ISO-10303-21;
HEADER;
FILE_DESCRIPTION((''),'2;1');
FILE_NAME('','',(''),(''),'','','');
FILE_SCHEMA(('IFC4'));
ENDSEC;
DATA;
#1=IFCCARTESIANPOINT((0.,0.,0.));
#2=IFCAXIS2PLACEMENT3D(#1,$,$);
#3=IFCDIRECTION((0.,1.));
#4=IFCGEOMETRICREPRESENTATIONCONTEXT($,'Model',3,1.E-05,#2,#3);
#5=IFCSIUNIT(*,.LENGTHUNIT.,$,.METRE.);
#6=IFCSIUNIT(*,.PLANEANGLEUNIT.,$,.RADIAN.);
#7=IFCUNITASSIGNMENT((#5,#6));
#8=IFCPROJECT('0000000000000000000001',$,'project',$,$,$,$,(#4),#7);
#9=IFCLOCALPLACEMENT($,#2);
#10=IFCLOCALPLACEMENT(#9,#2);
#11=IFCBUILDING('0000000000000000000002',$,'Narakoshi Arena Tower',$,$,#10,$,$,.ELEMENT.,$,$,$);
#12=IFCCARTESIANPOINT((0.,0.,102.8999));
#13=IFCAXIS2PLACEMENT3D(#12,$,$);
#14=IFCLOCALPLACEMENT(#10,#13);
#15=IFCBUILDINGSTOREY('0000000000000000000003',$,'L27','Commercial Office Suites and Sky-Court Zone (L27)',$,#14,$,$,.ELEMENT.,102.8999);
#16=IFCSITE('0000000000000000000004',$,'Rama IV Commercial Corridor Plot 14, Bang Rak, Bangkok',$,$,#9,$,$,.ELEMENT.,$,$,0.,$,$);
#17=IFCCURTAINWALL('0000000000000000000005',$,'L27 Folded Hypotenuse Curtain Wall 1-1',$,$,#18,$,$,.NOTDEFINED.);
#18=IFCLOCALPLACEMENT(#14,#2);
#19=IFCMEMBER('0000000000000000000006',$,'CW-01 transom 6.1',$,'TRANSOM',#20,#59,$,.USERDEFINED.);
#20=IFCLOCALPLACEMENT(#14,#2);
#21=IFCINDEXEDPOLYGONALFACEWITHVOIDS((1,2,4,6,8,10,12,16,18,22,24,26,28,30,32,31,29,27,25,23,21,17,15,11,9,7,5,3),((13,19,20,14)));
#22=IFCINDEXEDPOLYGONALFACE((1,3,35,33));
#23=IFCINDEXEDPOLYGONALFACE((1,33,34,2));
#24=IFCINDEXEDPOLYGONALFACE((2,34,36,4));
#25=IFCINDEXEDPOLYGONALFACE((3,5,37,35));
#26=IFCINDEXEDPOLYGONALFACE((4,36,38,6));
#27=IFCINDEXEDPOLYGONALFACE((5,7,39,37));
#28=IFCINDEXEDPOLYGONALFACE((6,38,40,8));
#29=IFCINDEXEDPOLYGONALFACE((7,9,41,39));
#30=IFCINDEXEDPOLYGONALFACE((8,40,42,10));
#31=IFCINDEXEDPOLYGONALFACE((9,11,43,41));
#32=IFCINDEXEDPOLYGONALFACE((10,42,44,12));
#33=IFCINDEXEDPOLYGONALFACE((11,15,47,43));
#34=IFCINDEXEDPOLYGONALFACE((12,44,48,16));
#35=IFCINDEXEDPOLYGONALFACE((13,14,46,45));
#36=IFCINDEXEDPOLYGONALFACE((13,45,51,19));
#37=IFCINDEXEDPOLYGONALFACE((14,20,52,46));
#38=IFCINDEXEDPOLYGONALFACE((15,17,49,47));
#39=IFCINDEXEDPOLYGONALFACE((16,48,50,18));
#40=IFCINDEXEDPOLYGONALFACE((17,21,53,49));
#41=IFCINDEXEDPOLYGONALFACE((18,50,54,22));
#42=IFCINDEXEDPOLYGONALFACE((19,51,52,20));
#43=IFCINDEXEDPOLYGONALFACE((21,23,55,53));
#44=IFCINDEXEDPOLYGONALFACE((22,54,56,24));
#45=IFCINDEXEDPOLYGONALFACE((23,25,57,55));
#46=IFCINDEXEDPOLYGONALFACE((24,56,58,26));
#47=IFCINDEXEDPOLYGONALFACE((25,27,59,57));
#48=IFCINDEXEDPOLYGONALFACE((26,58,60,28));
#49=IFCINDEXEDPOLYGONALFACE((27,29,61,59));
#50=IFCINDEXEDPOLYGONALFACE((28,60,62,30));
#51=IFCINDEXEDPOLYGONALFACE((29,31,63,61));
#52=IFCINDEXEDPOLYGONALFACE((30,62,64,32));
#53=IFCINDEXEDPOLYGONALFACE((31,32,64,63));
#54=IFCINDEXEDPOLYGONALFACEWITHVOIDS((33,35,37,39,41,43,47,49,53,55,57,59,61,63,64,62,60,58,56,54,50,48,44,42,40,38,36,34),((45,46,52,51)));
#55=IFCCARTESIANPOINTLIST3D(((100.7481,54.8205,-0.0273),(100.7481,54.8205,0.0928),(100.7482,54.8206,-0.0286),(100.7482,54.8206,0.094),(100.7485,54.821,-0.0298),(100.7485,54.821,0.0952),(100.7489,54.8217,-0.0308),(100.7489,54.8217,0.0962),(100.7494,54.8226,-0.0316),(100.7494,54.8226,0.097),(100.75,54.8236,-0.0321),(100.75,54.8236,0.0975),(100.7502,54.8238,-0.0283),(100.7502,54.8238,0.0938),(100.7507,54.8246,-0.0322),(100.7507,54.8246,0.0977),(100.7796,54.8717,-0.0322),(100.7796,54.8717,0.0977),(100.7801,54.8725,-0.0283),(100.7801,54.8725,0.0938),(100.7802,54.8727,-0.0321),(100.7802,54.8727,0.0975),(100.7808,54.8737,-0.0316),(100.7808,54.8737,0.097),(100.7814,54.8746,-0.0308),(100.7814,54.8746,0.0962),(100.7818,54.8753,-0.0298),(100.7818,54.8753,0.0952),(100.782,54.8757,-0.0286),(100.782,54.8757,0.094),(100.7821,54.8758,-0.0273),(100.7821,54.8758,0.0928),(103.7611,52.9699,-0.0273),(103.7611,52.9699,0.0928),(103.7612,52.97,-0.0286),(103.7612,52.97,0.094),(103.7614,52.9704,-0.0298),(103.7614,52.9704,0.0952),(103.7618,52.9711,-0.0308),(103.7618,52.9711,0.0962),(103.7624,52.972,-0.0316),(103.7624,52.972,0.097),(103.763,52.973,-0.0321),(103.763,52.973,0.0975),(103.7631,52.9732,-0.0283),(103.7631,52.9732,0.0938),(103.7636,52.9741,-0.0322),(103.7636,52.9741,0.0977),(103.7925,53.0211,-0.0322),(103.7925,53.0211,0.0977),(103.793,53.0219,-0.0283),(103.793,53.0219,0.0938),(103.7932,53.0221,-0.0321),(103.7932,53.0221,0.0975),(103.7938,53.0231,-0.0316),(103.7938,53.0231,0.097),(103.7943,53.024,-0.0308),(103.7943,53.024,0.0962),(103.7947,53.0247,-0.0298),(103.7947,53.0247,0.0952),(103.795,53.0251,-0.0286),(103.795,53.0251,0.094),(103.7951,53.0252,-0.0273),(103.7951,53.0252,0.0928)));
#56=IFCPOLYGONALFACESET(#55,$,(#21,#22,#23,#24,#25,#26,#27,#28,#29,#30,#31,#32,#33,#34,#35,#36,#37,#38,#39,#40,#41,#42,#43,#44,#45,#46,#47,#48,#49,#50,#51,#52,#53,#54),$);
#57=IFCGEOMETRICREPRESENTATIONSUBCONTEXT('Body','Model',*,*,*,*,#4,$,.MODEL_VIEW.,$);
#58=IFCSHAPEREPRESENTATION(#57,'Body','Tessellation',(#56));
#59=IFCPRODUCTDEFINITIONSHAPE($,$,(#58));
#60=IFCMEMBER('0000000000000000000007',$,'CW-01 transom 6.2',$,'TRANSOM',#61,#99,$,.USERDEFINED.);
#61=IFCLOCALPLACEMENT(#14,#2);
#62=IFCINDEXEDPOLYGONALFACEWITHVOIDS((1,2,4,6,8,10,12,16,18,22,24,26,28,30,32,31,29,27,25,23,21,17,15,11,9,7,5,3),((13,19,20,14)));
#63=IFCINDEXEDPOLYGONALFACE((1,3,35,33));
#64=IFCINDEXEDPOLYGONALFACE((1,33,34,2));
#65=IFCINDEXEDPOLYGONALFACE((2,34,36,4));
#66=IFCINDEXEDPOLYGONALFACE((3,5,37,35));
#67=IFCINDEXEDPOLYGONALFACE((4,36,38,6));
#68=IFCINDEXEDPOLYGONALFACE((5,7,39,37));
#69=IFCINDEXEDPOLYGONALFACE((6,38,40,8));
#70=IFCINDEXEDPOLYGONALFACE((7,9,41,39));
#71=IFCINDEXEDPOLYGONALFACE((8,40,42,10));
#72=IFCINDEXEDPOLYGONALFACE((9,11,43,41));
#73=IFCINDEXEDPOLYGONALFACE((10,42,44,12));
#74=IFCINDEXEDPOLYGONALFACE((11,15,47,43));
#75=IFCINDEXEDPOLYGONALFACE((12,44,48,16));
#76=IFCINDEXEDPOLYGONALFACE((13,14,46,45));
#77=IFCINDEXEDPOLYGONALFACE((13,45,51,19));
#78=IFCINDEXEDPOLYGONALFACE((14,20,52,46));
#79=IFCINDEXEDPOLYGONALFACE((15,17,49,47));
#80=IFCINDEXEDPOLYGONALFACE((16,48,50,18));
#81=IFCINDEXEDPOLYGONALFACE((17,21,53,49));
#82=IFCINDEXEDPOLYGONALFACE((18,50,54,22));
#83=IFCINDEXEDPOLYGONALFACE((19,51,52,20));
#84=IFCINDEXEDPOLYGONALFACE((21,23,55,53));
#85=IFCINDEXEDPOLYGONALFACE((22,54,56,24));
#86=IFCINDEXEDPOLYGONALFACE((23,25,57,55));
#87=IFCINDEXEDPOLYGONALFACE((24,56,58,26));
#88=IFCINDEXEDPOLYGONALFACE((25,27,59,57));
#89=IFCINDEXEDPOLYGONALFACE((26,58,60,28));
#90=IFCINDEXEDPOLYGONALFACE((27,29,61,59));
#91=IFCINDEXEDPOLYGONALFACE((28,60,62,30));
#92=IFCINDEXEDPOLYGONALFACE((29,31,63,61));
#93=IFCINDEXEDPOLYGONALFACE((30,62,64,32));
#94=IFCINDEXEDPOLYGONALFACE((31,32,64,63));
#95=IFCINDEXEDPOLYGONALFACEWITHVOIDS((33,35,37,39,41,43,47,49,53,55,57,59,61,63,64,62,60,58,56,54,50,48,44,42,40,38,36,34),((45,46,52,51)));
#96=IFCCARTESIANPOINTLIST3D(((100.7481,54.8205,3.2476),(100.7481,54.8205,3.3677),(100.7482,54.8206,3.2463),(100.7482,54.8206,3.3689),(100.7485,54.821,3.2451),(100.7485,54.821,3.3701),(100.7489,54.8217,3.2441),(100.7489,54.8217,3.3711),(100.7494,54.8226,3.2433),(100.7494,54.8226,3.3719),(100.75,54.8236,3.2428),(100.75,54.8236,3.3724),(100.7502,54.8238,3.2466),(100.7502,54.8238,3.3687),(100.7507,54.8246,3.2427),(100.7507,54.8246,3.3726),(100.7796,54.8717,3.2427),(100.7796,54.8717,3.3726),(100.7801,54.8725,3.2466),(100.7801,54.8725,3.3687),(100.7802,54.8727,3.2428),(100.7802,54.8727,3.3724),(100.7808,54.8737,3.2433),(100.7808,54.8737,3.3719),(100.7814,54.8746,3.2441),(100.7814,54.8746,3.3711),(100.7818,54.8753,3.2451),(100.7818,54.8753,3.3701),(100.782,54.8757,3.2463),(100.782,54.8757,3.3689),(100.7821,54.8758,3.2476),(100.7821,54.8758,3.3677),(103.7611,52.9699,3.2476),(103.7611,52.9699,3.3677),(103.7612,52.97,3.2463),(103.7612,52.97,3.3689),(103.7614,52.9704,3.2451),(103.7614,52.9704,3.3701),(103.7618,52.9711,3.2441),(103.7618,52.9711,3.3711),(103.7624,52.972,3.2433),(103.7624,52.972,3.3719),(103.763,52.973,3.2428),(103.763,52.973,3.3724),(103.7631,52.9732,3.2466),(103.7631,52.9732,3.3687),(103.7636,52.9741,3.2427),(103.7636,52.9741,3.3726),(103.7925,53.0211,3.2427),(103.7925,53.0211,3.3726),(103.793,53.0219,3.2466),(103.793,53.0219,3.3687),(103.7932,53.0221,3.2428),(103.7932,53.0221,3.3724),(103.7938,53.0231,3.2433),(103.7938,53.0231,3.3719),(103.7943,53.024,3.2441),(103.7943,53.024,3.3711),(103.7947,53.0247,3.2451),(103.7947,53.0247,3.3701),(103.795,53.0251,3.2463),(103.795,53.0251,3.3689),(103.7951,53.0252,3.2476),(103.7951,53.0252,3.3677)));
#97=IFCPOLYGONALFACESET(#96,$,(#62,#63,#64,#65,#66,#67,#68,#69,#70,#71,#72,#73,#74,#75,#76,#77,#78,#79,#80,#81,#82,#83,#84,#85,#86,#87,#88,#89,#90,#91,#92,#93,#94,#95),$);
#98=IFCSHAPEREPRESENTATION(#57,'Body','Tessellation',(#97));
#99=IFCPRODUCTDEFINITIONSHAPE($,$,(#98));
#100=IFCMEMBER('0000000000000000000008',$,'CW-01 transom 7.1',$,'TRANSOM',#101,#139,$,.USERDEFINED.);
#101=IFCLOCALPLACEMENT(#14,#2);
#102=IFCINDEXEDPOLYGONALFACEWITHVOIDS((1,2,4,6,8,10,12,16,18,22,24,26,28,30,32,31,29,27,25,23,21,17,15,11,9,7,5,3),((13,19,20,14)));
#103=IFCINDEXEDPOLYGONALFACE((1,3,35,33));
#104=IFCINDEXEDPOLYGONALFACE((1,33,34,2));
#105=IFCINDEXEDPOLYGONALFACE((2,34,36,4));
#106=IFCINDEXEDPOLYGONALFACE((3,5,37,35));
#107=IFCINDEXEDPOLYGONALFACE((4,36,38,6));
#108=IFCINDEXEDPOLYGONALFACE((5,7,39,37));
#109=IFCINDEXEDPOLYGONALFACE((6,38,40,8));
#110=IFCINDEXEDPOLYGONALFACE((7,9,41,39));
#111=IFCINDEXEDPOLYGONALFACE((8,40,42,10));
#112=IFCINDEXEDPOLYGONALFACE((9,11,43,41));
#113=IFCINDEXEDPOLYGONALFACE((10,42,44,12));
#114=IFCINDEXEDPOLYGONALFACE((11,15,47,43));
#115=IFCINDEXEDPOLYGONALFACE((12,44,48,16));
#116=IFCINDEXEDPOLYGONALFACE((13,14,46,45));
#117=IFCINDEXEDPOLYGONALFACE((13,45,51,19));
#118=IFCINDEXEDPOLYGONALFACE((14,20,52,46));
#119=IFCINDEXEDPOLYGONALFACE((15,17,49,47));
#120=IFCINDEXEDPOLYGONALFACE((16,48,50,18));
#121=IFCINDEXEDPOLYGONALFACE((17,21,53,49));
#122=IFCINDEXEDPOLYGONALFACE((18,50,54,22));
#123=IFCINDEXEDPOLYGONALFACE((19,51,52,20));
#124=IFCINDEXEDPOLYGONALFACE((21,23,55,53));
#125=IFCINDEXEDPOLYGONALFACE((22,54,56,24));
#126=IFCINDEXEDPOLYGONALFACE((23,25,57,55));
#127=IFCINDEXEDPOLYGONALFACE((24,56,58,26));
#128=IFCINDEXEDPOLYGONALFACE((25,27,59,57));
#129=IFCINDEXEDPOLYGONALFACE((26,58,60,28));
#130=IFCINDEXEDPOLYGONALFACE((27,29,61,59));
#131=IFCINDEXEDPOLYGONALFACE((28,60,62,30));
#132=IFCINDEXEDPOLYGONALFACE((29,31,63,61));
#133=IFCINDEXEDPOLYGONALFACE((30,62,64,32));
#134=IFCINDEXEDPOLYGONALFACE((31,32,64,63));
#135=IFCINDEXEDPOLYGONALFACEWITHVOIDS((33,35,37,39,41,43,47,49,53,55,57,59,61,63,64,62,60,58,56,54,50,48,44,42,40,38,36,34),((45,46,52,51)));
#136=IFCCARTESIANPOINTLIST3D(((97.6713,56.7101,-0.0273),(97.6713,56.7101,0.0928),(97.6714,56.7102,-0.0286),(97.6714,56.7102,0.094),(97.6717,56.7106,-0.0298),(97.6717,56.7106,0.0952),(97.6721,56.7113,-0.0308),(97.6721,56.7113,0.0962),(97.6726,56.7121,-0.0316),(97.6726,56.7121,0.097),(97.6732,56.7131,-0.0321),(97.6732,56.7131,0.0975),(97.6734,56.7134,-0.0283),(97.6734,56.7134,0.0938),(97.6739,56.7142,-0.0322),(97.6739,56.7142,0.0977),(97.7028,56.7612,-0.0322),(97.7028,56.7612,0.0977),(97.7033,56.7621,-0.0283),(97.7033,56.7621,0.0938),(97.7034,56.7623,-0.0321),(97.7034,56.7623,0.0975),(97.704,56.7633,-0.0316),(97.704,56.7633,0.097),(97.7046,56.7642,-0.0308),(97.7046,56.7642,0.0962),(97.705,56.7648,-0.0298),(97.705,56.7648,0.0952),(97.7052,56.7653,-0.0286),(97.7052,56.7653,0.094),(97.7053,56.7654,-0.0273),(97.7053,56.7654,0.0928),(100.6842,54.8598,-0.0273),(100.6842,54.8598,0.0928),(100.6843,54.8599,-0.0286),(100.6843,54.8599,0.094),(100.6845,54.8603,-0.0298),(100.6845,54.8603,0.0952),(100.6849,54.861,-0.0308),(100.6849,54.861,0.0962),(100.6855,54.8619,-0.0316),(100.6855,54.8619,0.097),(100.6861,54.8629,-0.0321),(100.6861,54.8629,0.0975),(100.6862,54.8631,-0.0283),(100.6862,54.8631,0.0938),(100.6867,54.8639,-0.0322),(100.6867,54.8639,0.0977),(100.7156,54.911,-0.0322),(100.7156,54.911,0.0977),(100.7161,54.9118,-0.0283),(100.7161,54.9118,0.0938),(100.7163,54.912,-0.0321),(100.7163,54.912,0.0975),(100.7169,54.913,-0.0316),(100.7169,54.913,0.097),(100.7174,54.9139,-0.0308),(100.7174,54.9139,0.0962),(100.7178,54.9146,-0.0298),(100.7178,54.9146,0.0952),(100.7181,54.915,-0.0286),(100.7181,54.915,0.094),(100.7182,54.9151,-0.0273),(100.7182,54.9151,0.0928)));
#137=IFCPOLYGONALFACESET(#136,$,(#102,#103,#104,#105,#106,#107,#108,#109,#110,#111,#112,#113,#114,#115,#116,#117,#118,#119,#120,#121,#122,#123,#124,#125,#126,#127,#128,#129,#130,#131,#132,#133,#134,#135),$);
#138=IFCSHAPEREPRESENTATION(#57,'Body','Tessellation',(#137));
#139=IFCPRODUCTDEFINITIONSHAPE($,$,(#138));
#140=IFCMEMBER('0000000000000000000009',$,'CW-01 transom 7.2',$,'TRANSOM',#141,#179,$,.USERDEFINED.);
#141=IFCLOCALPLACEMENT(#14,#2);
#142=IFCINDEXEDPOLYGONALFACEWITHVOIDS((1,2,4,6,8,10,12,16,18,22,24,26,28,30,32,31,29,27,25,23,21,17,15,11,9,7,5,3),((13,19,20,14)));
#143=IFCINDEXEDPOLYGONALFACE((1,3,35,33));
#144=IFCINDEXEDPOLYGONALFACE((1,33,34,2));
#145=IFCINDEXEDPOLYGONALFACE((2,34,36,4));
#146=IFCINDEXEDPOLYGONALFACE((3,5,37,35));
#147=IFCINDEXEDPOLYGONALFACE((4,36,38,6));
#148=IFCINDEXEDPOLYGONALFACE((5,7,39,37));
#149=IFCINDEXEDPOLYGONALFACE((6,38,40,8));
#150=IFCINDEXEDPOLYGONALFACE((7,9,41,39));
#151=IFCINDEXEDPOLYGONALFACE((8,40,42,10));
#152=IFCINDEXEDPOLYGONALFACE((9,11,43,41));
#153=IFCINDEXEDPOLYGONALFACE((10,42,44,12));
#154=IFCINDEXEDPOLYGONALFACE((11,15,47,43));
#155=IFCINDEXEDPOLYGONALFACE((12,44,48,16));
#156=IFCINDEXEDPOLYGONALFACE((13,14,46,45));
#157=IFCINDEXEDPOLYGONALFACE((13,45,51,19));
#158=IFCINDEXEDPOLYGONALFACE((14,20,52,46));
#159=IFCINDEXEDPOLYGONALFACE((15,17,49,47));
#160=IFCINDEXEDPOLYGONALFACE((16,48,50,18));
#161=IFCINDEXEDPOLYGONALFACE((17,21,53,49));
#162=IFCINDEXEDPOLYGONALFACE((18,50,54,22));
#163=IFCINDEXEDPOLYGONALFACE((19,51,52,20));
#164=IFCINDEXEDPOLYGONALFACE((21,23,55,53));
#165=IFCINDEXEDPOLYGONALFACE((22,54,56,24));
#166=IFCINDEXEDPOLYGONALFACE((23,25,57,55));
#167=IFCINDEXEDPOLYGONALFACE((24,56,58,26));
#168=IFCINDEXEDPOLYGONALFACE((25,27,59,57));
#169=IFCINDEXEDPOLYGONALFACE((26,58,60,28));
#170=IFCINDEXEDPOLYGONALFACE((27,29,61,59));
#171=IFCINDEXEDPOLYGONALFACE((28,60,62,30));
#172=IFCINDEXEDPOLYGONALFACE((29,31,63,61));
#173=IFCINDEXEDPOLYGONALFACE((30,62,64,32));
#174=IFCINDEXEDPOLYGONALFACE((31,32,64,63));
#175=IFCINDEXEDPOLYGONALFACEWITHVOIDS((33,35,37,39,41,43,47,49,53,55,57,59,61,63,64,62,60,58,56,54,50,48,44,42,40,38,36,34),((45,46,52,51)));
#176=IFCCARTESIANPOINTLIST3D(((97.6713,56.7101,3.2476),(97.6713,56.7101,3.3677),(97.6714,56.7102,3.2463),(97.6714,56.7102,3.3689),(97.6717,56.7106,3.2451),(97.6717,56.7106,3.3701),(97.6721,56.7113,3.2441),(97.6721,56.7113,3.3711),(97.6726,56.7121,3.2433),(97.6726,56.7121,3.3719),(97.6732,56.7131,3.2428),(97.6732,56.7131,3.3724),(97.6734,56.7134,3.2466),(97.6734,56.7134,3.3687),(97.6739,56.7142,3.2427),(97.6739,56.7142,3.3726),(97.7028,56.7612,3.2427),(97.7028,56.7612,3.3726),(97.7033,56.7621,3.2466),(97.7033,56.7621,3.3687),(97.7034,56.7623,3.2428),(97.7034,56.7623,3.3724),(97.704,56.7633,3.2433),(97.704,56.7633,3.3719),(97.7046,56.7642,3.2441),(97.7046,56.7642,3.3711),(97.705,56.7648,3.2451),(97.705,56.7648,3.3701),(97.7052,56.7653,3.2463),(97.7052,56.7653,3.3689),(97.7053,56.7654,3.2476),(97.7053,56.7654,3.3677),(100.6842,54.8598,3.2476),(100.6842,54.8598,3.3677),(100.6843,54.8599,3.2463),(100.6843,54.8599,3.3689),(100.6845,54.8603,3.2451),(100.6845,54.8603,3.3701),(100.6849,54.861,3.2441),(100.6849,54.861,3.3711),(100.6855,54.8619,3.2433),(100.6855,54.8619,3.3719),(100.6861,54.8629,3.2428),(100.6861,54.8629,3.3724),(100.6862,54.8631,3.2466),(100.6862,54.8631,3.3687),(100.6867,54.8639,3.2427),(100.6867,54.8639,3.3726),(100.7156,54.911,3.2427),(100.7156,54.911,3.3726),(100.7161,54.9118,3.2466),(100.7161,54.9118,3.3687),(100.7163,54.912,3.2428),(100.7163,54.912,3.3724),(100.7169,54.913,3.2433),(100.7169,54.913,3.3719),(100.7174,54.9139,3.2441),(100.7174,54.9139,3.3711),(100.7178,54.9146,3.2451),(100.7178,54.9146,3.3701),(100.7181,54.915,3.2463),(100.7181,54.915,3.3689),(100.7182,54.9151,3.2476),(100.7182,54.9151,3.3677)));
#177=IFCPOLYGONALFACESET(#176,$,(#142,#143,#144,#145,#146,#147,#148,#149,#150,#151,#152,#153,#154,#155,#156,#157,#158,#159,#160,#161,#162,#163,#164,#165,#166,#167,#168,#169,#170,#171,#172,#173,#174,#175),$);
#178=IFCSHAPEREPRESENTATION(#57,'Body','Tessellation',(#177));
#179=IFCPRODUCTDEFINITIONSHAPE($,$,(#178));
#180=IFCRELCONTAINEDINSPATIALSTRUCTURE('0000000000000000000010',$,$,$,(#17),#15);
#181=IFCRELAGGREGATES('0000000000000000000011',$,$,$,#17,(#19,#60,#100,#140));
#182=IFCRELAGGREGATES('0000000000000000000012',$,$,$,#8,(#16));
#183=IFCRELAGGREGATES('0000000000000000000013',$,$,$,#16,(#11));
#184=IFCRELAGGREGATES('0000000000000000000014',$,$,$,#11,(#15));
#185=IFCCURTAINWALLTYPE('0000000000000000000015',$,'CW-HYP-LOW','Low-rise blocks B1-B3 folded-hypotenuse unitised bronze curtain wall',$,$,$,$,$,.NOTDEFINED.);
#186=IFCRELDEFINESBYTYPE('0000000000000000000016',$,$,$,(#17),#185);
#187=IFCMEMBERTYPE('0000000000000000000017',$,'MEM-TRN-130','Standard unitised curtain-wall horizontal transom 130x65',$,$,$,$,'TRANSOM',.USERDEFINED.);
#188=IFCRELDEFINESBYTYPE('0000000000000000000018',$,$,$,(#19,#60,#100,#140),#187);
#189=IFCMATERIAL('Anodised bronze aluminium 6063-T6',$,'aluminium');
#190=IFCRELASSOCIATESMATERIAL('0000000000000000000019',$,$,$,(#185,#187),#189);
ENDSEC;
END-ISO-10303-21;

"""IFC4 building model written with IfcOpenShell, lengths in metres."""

from ifc_helpers import new_model, si_unit, direction, frame, origin, origin_2d, place, context, subcontext, project, spatial, hollow_rectangle, extrude, material, material_profile, profile_set, type_object, element, aggregate, save


model = new_model("IFC4")

# Units and contexts
model_context = context("Model", 3, precision=1e-05, world=origin(), true_north=direction((0.0, 1.0)))
body_context = subcontext(model_context, "Body", "Model", "MODEL_VIEW")
ifc_project = project(units=[si_unit("LENGTHUNIT", "METRE"), si_unit("PLANEANGLEUNIT", "RADIAN")], contexts=[model_context])

# Site, building, storey
site_placement = place(None, origin())
site = spatial("IfcSite", under=ifc_project, at=site_placement, Name="Rama IV Commercial Corridor Plot 14, Bang Rak, Bangkok", CompositionType="ELEMENT", RefElevation=0.0)
building_placement = place(site_placement, origin())
building = spatial("IfcBuilding", under=site, at=building_placement, Name="Narakoshi Arena Tower", CompositionType="ELEMENT")
storey_placement = place(building_placement, frame((0.0, 0.0, 102.8999)))
storey = spatial("IfcBuildingStorey", under=building, at=storey_placement, Name="L27", Description="Commercial Office Suites and Sky-Court Zone (L27)", CompositionType="ELEMENT", Elevation=102.8999)

# Curtain wall, members
ifc_material_1 = material(Name="Anodised bronze aluminium 6063-T6", Category="aluminium")
curtain_wall_type = type_object("IfcCurtainWallType", Name="CW-HYP-LOW", Description="Low-rise blocks B1-B3 folded-hypotenuse unitised bronze curtain wall", PredefinedType="NOTDEFINED", material=ifc_material_1)
curtain_wall_placement = place(storey_placement, origin())
curtain_wall = element("IfcCurtainWall", 1, at=curtain_wall_placement, inside=storey, type_object=curtain_wall_type, Name="L27 Folded Hypotenuse Curtain Wall 1-1", PredefinedType="NOTDEFINED")
ifc_material_profile_1 = material_profile(ifc_material_1, hollow_rectangle(XDim=0.0649, YDim=0.1299, WallThickness=0.0039, OuterFilletRadius=0.0049, at=origin_2d()), Name="TRN130x65x4")
ifc_profile_set_1 = profile_set([ifc_material_profile_1], Name="Anodised bronze aluminium 6063-T6")
member_type_1 = type_object("IfcMemberType", Name="MEM-TRN-130", Description="Standard unitised curtain-wall horizontal transom 130x65", ElementType="TRANSOM", PredefinedType="USERDEFINED", material=ifc_profile_set_1)
member_1_placement = place(storey_placement, frame((103.7781, 52.9976, 0.0327), z_axis=(-0.852104, 0.523373, 0.0), x_axis=(-0.523373, -0.852104, 0.0)))
member_1 = element("IfcMember", 2, at=member_1_placement, type_object=member_type_1, Name="CW-01 transom 6.1", ObjectType="TRANSOM", PredefinedType="USERDEFINED", context=body_context, shape_type="SweptSolid", body=[
    extrude(hollow_rectangle(XDim=0.0649, YDim=0.1299, WallThickness=0.0039, OuterFilletRadius=0.0049, at=origin_2d()), origin(), (0.0, 0.0, 1.0), 3.5359),
])
member_2_placement = place(storey_placement, frame((103.7781, 52.9976, 3.3076), z_axis=(-0.852104, 0.523373, 0.0), x_axis=(-0.523373, -0.852104, 0.0)))
member_2 = element("IfcMember", 3, at=member_2_placement, type_object=member_type_1, Name="CW-01 transom 6.2", ObjectType="TRANSOM", PredefinedType="USERDEFINED", context=body_context, shape_type="SweptSolid", body=[
    extrude(hollow_rectangle(XDim=0.0649, YDim=0.1299, WallThickness=0.0039, OuterFilletRadius=0.0049, at=origin_2d()), origin(), (0.0, 0.0, 1.0), 3.5359),
])
member_3_placement = place(storey_placement, frame((100.7012, 54.8875, 0.0327), z_axis=(-0.852134, 0.523323, 0.0), x_axis=(-0.523323, -0.852134, 0.0)))
member_3 = element("IfcMember", 4, at=member_3_placement, type_object=member_type_1, Name="CW-01 transom 7.1", ObjectType="TRANSOM", PredefinedType="USERDEFINED", context=body_context, shape_type="SweptSolid", body=[
    extrude(hollow_rectangle(XDim=0.0649, YDim=0.1299, WallThickness=0.0039, OuterFilletRadius=0.0049, at=origin_2d()), origin(), (0.0, 0.0, 1.0), 3.5356),
])
member_4_placement = place(storey_placement, frame((100.7012, 54.8875, 3.3076), z_axis=(-0.852134, 0.523323, 0.0), x_axis=(-0.523323, -0.852134, 0.0)))
member_4 = element("IfcMember", 5, at=member_4_placement, type_object=member_type_1, Name="CW-01 transom 7.2", ObjectType="TRANSOM", PredefinedType="USERDEFINED", context=body_context, shape_type="SweptSolid", body=[
    extrude(hollow_rectangle(XDim=0.0649, YDim=0.1299, WallThickness=0.0039, OuterFilletRadius=0.0049, at=origin_2d()), origin(), (0.0, 0.0, 1.0), 3.5356),
])
aggregate(curtain_wall, [member_1, member_2, member_3, member_4])

save(model, "model.ifc")
